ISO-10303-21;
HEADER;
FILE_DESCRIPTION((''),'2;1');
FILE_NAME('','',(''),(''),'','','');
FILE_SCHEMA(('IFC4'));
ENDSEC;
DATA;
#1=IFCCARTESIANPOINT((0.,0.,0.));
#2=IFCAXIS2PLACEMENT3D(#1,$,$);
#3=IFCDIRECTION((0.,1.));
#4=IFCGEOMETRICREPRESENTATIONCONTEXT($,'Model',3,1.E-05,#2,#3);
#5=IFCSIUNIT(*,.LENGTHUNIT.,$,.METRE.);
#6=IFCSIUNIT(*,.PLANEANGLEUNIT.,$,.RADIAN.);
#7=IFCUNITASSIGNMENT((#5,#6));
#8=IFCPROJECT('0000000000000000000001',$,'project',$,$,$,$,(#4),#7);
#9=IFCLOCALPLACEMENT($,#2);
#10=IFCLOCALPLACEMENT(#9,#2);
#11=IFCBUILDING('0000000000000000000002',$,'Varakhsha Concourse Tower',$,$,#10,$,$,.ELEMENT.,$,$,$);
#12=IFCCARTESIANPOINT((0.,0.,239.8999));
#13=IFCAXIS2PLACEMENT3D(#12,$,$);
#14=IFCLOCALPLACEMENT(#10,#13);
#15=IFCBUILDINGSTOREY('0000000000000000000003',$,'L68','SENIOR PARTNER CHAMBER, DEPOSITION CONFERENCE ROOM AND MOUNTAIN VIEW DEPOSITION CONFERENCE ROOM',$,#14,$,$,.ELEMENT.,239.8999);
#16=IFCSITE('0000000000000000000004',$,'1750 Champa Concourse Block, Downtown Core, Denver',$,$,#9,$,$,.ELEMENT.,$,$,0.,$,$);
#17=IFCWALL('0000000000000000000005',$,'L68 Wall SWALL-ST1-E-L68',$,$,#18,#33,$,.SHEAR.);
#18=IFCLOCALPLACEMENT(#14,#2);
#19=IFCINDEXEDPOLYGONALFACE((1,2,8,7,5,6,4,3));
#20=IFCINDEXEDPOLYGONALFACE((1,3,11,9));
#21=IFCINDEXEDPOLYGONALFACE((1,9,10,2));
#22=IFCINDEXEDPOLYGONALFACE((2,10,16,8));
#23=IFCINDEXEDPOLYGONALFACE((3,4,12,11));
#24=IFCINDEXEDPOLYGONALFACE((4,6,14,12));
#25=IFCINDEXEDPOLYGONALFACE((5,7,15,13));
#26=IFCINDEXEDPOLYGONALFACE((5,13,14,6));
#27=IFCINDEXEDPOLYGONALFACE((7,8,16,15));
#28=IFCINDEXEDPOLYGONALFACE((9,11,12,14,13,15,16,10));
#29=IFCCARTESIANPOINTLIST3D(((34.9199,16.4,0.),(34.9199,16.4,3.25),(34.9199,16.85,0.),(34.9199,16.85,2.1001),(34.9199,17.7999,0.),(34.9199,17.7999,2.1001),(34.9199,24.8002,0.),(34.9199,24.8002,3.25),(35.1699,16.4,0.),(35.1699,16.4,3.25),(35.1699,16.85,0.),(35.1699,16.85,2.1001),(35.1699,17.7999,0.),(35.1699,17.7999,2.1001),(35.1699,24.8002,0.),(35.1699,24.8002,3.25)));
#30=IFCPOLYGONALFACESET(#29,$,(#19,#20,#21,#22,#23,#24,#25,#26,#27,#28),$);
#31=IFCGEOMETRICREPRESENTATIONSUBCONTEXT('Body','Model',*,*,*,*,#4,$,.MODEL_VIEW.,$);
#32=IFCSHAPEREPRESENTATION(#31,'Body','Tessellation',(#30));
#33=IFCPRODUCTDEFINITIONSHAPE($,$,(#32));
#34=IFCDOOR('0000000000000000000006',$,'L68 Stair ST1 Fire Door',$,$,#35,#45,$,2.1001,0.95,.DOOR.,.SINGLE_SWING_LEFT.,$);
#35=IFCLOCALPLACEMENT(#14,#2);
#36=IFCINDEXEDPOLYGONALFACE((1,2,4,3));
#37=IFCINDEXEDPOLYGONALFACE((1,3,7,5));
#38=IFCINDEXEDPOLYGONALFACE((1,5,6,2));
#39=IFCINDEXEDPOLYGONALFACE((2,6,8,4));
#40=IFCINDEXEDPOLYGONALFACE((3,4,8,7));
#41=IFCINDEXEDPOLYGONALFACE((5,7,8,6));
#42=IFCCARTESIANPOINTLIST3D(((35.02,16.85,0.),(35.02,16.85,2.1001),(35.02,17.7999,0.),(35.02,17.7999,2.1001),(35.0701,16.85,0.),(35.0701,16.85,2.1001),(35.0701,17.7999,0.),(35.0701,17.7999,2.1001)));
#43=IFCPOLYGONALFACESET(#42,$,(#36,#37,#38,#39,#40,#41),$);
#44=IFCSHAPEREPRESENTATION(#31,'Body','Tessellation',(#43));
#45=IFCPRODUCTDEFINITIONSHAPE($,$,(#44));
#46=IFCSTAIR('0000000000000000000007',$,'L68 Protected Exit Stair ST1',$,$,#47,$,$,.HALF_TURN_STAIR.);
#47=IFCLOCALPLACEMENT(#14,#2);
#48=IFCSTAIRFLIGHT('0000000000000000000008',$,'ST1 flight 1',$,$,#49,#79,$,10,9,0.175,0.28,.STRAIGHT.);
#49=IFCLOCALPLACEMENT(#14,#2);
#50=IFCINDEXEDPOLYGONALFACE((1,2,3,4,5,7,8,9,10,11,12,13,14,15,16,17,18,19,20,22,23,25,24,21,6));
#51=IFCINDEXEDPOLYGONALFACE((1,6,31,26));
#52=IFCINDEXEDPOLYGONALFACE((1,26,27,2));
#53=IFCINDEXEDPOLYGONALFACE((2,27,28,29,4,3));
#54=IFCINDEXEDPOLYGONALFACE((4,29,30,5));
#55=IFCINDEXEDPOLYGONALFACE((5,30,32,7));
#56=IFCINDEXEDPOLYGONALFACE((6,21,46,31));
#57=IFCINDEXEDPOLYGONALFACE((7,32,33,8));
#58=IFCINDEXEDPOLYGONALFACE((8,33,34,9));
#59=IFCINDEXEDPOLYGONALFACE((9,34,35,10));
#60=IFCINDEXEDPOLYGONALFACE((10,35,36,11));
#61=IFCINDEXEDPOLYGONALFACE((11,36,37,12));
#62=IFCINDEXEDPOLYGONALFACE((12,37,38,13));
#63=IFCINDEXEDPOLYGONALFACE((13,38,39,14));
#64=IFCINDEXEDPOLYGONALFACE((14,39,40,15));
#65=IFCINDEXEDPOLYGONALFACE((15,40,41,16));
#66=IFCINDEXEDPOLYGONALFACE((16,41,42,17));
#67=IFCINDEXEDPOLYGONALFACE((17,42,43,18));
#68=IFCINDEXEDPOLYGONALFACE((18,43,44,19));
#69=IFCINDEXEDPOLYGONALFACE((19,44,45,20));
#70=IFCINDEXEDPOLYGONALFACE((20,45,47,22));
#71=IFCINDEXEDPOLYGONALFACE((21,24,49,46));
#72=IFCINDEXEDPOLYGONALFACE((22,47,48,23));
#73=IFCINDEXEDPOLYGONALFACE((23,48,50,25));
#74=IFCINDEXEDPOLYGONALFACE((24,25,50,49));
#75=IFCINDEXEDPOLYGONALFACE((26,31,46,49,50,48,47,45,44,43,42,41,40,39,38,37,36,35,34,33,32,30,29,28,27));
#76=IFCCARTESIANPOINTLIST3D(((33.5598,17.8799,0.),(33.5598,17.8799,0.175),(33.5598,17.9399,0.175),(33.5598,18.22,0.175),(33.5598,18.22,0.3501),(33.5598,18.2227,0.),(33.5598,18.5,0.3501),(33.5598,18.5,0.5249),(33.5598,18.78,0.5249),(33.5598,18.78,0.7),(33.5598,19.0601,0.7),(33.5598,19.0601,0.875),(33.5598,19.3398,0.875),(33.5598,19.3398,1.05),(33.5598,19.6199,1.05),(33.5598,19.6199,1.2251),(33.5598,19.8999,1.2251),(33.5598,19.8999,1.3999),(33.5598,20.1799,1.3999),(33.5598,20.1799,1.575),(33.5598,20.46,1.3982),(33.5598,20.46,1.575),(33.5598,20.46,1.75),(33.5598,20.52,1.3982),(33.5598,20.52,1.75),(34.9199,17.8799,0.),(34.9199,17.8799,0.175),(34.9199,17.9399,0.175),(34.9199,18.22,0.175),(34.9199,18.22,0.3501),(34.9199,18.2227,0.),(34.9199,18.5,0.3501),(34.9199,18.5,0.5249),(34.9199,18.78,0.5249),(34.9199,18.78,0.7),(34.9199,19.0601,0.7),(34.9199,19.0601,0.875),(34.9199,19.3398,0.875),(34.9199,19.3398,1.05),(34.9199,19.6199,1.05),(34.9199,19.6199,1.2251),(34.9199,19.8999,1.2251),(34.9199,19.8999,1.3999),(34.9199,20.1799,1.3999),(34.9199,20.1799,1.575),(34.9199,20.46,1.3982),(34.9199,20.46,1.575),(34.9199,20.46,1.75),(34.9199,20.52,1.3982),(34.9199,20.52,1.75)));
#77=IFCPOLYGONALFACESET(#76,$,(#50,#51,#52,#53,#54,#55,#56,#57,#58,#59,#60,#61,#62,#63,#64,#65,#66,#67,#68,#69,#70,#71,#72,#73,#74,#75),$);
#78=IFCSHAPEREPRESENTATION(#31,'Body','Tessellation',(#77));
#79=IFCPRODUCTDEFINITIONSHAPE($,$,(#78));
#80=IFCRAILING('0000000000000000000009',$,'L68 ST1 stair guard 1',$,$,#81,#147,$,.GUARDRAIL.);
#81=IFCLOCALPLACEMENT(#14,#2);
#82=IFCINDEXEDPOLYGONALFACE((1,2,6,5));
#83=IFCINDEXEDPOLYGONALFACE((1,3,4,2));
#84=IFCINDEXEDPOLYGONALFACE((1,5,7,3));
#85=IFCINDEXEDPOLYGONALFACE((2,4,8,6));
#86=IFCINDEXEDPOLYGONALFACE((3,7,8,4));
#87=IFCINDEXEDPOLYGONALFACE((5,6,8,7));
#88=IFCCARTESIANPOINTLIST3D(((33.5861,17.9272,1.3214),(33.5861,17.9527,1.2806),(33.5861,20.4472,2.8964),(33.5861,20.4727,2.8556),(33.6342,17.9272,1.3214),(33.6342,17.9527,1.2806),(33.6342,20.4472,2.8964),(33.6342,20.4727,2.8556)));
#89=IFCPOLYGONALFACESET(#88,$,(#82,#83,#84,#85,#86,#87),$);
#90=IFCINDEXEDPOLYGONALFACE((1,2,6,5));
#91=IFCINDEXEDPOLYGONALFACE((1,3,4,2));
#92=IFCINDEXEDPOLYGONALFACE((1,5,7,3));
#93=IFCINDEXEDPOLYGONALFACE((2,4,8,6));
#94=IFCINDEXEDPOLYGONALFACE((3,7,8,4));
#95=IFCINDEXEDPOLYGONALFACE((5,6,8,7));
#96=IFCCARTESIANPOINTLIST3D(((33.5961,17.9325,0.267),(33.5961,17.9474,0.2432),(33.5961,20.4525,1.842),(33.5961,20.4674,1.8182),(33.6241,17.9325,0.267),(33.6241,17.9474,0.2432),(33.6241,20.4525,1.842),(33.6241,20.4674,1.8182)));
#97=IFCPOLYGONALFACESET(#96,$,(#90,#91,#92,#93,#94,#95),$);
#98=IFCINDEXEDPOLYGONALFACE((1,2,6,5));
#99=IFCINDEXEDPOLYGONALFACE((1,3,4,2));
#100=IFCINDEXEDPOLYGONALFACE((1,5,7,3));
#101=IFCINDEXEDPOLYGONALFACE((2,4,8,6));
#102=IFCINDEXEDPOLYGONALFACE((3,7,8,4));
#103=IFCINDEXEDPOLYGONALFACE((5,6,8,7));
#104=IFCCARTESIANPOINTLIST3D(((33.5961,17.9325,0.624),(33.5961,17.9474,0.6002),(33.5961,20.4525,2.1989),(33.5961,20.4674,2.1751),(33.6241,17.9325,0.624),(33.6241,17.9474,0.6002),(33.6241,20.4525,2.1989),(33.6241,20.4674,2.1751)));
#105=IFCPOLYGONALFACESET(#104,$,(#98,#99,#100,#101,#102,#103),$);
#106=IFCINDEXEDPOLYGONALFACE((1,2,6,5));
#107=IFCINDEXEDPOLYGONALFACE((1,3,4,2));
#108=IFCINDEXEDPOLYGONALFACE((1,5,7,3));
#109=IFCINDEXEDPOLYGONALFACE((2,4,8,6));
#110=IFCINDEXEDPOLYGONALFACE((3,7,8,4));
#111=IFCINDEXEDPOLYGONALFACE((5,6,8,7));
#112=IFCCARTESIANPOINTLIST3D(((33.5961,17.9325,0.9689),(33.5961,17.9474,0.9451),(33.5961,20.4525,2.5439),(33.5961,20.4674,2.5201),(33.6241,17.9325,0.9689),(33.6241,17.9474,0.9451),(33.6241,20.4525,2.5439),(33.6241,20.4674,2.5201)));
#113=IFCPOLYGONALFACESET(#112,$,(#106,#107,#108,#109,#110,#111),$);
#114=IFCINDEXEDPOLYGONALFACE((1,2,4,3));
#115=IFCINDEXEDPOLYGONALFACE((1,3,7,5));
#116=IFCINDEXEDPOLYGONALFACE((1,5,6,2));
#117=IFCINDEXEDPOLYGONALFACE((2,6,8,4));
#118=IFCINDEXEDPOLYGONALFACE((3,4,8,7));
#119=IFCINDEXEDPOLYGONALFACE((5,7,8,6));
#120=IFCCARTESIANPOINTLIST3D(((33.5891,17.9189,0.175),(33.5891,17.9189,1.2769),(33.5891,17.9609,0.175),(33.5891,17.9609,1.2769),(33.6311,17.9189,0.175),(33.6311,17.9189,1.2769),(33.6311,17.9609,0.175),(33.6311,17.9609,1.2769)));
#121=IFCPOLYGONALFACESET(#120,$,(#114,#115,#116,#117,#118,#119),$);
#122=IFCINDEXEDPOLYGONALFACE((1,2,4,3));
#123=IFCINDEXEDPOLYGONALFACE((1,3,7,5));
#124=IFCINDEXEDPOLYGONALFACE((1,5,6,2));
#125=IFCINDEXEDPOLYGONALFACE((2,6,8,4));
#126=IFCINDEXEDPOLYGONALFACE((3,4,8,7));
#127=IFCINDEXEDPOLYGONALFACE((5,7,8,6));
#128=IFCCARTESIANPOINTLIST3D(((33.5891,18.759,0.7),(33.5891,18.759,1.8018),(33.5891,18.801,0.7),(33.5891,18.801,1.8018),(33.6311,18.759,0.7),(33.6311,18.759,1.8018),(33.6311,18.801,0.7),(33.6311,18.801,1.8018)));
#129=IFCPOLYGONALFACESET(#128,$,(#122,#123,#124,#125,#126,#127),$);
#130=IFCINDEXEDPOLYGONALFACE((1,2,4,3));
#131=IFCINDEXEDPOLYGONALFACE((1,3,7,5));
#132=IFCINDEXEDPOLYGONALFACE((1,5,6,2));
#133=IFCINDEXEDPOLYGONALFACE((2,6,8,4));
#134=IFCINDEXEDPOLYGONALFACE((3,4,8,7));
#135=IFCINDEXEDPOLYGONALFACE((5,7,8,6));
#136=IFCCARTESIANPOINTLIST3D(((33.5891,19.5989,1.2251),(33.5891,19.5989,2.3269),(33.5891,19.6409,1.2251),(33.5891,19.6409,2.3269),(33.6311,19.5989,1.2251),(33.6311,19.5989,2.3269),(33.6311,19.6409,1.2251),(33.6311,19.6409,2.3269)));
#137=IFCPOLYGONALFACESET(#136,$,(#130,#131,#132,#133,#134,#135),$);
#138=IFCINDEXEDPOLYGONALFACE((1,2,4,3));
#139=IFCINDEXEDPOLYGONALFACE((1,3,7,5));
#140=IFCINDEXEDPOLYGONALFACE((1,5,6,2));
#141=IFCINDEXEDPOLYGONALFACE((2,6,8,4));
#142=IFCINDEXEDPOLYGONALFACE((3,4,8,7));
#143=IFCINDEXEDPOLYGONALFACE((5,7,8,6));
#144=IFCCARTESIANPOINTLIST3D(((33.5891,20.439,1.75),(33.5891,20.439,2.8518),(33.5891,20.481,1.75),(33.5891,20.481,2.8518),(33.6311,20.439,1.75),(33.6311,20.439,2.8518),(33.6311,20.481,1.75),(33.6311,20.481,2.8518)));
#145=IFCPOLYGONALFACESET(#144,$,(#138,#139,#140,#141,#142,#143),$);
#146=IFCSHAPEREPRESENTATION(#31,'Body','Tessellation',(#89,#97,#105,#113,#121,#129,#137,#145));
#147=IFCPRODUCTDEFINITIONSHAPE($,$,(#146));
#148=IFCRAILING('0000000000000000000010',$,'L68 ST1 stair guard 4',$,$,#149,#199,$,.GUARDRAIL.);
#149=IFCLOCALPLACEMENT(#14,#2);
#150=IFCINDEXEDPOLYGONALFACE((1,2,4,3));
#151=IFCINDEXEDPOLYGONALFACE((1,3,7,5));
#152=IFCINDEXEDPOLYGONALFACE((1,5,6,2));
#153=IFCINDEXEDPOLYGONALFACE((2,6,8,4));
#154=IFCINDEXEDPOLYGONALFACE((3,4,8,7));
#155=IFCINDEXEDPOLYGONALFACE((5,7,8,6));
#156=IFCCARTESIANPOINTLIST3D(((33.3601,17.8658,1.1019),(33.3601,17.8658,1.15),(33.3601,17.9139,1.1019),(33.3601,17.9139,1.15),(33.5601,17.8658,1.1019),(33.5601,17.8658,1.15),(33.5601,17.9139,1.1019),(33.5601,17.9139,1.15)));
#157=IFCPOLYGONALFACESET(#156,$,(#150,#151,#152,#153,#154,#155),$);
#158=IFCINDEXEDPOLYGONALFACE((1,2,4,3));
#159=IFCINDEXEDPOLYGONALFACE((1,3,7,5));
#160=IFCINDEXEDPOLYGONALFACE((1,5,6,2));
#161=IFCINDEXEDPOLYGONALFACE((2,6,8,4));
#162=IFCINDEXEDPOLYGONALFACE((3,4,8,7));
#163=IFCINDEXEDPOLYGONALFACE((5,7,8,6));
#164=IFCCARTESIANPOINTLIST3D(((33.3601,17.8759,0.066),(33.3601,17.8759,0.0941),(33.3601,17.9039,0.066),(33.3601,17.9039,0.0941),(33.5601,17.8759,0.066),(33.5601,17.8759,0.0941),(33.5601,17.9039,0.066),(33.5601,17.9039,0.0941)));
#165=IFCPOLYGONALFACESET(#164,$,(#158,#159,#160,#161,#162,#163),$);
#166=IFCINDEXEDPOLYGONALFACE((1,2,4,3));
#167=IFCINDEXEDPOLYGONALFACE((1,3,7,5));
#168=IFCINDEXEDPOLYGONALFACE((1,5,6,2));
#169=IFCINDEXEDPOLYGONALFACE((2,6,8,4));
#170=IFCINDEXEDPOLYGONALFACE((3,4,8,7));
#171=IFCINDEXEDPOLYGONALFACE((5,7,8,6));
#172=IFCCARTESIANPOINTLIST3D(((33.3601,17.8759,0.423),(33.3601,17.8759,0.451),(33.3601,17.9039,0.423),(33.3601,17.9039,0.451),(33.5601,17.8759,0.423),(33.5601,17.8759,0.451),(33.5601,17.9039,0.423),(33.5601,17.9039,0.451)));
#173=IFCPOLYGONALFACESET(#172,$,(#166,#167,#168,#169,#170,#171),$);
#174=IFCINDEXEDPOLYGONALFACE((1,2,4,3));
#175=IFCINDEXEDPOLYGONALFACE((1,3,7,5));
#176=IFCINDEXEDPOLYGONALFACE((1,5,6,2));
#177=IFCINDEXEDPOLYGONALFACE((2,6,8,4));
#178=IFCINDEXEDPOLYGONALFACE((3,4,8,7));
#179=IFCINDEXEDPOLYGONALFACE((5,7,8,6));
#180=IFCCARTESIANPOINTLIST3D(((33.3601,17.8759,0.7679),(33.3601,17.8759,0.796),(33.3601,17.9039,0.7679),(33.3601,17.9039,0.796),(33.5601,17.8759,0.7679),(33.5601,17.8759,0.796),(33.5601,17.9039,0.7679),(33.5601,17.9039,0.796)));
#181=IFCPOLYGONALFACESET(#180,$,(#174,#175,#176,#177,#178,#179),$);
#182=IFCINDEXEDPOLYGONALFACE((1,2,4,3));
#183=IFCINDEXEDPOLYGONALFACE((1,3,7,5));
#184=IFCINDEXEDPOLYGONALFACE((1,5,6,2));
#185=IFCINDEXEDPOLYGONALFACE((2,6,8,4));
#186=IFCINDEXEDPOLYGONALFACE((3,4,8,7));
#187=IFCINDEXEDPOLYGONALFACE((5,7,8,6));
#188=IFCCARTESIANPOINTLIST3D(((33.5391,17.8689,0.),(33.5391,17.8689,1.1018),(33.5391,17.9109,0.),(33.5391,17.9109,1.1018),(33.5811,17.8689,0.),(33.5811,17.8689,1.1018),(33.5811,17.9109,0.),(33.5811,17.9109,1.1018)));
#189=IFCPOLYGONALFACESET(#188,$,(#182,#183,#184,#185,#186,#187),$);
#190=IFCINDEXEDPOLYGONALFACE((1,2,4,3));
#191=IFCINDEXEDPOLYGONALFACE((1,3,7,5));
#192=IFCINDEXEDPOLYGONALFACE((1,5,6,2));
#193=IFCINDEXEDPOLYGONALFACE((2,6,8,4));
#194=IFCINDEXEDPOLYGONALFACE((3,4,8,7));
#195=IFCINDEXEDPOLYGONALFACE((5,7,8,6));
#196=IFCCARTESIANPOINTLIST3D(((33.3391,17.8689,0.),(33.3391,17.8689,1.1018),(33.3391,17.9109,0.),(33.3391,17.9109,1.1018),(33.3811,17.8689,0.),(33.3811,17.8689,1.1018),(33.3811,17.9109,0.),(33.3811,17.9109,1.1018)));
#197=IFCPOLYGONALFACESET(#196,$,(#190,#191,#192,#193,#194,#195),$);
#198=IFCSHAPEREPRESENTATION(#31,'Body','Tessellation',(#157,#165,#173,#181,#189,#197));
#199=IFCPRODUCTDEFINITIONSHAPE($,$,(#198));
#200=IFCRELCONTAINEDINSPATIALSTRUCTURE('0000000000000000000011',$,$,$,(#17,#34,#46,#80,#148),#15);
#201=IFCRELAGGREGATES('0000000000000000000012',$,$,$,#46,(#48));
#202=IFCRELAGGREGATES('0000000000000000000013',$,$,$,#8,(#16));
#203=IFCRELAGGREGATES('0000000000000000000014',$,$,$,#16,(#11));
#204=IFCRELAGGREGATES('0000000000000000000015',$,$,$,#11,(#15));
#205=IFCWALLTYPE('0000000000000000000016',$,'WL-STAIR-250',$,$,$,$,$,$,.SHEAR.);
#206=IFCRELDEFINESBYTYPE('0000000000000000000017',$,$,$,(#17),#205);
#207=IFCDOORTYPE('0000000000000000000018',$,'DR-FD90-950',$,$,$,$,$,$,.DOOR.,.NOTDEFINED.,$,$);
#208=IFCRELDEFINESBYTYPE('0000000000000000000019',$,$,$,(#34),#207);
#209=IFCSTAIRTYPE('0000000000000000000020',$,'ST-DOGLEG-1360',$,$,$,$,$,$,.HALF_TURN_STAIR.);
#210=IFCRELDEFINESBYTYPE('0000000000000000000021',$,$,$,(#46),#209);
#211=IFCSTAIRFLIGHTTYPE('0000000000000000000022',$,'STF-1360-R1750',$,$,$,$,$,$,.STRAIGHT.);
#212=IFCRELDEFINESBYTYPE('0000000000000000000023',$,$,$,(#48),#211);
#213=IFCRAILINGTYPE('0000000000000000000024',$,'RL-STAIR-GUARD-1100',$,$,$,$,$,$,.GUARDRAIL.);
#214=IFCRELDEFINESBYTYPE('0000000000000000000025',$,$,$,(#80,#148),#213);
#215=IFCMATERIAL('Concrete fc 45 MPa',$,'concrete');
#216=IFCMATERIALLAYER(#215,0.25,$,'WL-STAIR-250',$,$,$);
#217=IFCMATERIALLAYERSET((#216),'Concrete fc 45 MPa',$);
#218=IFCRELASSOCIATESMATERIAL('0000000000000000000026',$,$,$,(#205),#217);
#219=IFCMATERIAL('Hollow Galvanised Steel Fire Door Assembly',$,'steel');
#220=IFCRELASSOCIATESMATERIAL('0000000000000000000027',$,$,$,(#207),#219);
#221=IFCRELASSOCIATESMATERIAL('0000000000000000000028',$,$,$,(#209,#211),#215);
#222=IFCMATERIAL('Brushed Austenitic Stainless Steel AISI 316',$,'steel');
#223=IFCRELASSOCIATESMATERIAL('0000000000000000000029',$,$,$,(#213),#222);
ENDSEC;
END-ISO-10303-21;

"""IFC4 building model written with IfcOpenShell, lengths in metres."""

from ifc_helpers import new_model, si_unit, direction, frame, frame_2d, origin, origin_2d, place, context, subcontext, project, spatial, polyline, rectangle, outline, extrude, material, layer, layer_set, type_object, element, fill, aggregate, save


model = new_model("IFC4")

# Units and contexts
model_context = context("Model", 3, precision=1e-05, world=origin(), true_north=direction((0.0, 1.0)))
body_context = subcontext(model_context, "Body", "Model", "MODEL_VIEW")
ifc_project = project(units=[si_unit("LENGTHUNIT", "METRE"), si_unit("PLANEANGLEUNIT", "RADIAN")], contexts=[model_context])

# Site, building, storey
site_placement = place(None, origin())
site = spatial("IfcSite", under=ifc_project, at=site_placement, Name="1750 Champa Concourse Block, Downtown Core, Denver", CompositionType="ELEMENT", RefElevation=0.0)
building_placement = place(site_placement, origin())
building = spatial("IfcBuilding", under=site, at=building_placement, Name="Varakhsha Concourse Tower", CompositionType="ELEMENT")
storey_placement = place(building_placement, frame((0.0, 0.0, 239.8999)))
storey = spatial("IfcBuildingStorey", under=building, at=storey_placement, Name="L68", Description="SENIOR PARTNER CHAMBER, DEPOSITION CONFERENCE ROOM AND MOUNTAIN VIEW DEPOSITION CONFERENCE ROOM", CompositionType="ELEMENT", Elevation=239.8999)

# Shared definitions
ifc_material_1 = material(Name="Hollow Galvanised Steel Fire Door Assembly", Category="steel")

# Wall, opening, door
ifc_material_2 = material(Name="Concrete fc 45 MPa", Category="concrete")
ifc_layer_1 = layer(ifc_material_2, 0.25, Name="WL-STAIR-250")
ifc_layer_set_1 = layer_set([ifc_layer_1], Name="Concrete fc 45 MPa")
wall_type_1 = type_object("IfcWallType", Name="WL-STAIR-250", PredefinedType="SHEAR", material=ifc_layer_set_1)
wall_1_placement = place(storey_placement, frame((35.0449, 16.3999, 0.0), z_axis=(0.0, 0.0, 1.0), x_axis=(0.0, 1.0, 0.0)))
wall_1 = element("IfcWall", 1, at=wall_1_placement, inside=storey, type_object=wall_type_1, Name="L68 Wall SWALL-ST1-E-L68", PredefinedType="SHEAR", context=body_context, shape_type="SweptSolid", body=[
    extrude(rectangle(XDim=8.4001, YDim=0.25, at=frame_2d((4.2002, 0.0))), origin(), (0.0, 0.0, 1.0), 3.25),
])
opening_1_placement = place(wall_1_placement, frame((0.45, 0.0, 0.0)))
opening_1 = element("IfcOpeningElement", 2, at=opening_1_placement, cuts=wall_1, PredefinedType="OPENING", context=body_context, shape_type="SweptSolid", body=[
    extrude(rectangle(XDim=0.95, YDim=2.1001, at=frame_2d((0.4751, 1.05))), frame((0.0, 0.135, 0.0), z_axis=(0.0, -1.0, 0.0), x_axis=(1.0, 0.0, 0.0)), (0.0, 0.0, 1.0), 0.27),
])
door_type_1 = type_object("IfcDoorType", Name="DR-FD90-950", OperationType="NOTDEFINED", PredefinedType="DOOR", material=ifc_material_1)
door_1_placement = place(opening_1_placement, origin())
door_1 = element("IfcDoor", 3, at=door_1_placement, inside=storey, type_object=door_type_1, Name="L68 Stair ST1 Fire Door", OperationType="SINGLE_SWING_LEFT", OverallHeight=2.1001, OverallWidth=0.95, PredefinedType="DOOR", context=body_context, shape_type="SweptSolid", body=[
    extrude(rectangle(XDim=0.95, YDim=2.1001, at=frame_2d((0.4751, 1.05))), frame((0.0, 0.0249, 0.0), z_axis=(0.0, -1.0, 0.0), x_axis=(1.0, 0.0, 0.0)), (0.0, 0.0, 1.0), 0.05),
])
fill(opening_1, door_1)

# Stair, stair flight
stair_type = type_object("IfcStairType", Name="ST-DOGLEG-1360", PredefinedType="HALF_TURN_STAIR", material=ifc_material_2)
stair_placement = place(storey_placement, origin())
stair = element("IfcStair", 4, at=stair_placement, inside=storey, type_object=stair_type, Name="L68 Protected Exit Stair ST1", PredefinedType="HALF_TURN_STAIR")
stair_flight_type = type_object("IfcStairFlightType", Name="STF-1360-R1750", PredefinedType="STRAIGHT", material=ifc_material_2)
stair_flight_placement = place(storey_placement, frame((34.24, 17.9399, 0.0), z_axis=(0.0, 0.0, 1.0), x_axis=(0.0, 1.0, 0.0)))
stair_flight = element("IfcStairFlight", 5, at=stair_flight_placement, type_object=stair_flight_type, Name="ST1 flight 1", NumberOfRisers=10, NumberOfTreads=9, PredefinedType="STRAIGHT", RiserHeight=0.175, TreadLength=0.28, context=body_context, shape_type="SweptSolid", body=[
    extrude(outline(polyline([(-0.0601, 0.0), (-0.0601, 0.175), (0.0, 0.175), (0.28, 0.175), (0.28, 0.3501), (0.5601, 0.3501), (0.5601, 0.5249), (0.8401, 0.5249), (0.8401, 0.7), (1.1201, 0.7), (1.1201, 0.875), (1.3999, 0.875), (1.3999, 1.05), (1.6799, 1.05), (1.6799, 1.2251), (1.96, 1.2251), (1.96, 1.3999), (2.24, 1.3999), (2.24, 1.575), (2.52, 1.575), (2.52, 1.75), (2.5801, 1.75), (2.5801, 1.3982), (2.52, 1.3982), (0.2827, 0.0), (-0.0601, 0.0)])), frame((0.0, 0.6802, 0.0), z_axis=(0.0, -1.0, 0.0), x_axis=(1.0, 0.0, 0.0)), (0.0, 0.0, 1.0), 1.3601),
])
aggregate(stair, [stair_flight])

# Railings
ifc_material_3 = material(Name="Brushed Austenitic Stainless Steel AISI 316", Category="steel")
railing_type_1 = type_object("IfcRailingType", Name="RL-STAIR-GUARD-1100", PredefinedType="GUARDRAIL", material=ifc_material_3)
railing_1_placement = place(storey_placement, frame((33.6101, 17.9399, 0.175)))
element("IfcRailing", 6, at=railing_1_placement, inside=storey, type_object=railing_type_1, Name="L68 ST1 stair guard 1", PredefinedType="GUARDRAIL", context=body_context, shape_type="SweptSolid", body=[
    extrude(rectangle(XDim=0.0481, YDim=0.0481, at=origin_2d()), frame((0.0, 0.0, 1.126), z_axis=(0.0, 0.848008, 0.529984), x_axis=(-1.0, 0.0, 0.0)), (0.0, 0.0, 1.0), 2.9717),
    extrude(rectangle(XDim=0.0281, YDim=0.0281, at=origin_2d()), frame((0.0, 0.0, 0.0801), z_axis=(0.0, 0.848008, 0.529984), x_axis=(-1.0, 0.0, 0.0)), (0.0, 0.0, 1.0), 2.9717),
    extrude(rectangle(XDim=0.0281, YDim=0.0281, at=origin_2d()), frame((0.0, 0.0, 0.437), z_axis=(0.0, 0.848008, 0.529984), x_axis=(-1.0, 0.0, 0.0)), (0.0, 0.0, 1.0), 2.9717),
    extrude(rectangle(XDim=0.0281, YDim=0.0281, at=origin_2d()), frame((0.0, 0.0, 0.782), z_axis=(0.0, 0.848008, 0.529984), x_axis=(-1.0, 0.0, 0.0)), (0.0, 0.0, 1.0), 2.9717),
    extrude(rectangle(XDim=0.042, YDim=0.042, at=origin_2d()), origin(), (0.0, 0.0, 1.0), 1.1018),
    extrude(rectangle(XDim=0.042, YDim=0.042, at=origin_2d()), frame((0.0, 0.8401, 0.5249)), (0.0, 0.0, 1.0), 1.1018),
    extrude(rectangle(XDim=0.042, YDim=0.042, at=origin_2d()), frame((0.0, 1.6799, 1.05)), (0.0, 0.0, 1.0), 1.1018),
    extrude(rectangle(XDim=0.042, YDim=0.042, at=origin_2d()), frame((0.0, 2.52, 1.575)), (0.0, 0.0, 1.0), 1.1018),
])
railing_2_placement = place(storey_placement, frame((33.5601, 17.8899, 0.0)))
element("IfcRailing", 7, at=railing_2_placement, inside=storey, type_object=railing_type_1, Name="L68 ST1 stair guard 4", PredefinedType="GUARDRAIL", context=body_context, shape_type="SweptSolid", body=[
    extrude(rectangle(XDim=0.0481, YDim=0.0481, at=origin_2d()), frame((0.0, 0.0, 1.126), z_axis=(-1.0, 0.0, 0.0), x_axis=(0.0, -1.0, 0.0)), (0.0, 0.0, 1.0), 0.2),
    extrude(rectangle(XDim=0.0281, YDim=0.0281, at=origin_2d()), frame((0.0, 0.0, 0.0801), z_axis=(-1.0, 0.0, 0.0), x_axis=(0.0, -1.0, 0.0)), (0.0, 0.0, 1.0), 0.2),
    extrude(rectangle(XDim=0.0281, YDim=0.0281, at=origin_2d()), frame((0.0, 0.0, 0.437), z_axis=(-1.0, 0.0, 0.0), x_axis=(0.0, -1.0, 0.0)), (0.0, 0.0, 1.0), 0.2),
    extrude(rectangle(XDim=0.0281, YDim=0.0281, at=origin_2d()), frame((0.0, 0.0, 0.782), z_axis=(-1.0, 0.0, 0.0), x_axis=(0.0, -1.0, 0.0)), (0.0, 0.0, 1.0), 0.2),
    extrude(rectangle(XDim=0.042, YDim=0.042, at=origin_2d()), origin(), (0.0, 0.0, 1.0), 1.1018),
    extrude(rectangle(XDim=0.042, YDim=0.042, at=origin_2d()), frame((-0.2, 0.0, 0.0)), (0.0, 0.0, 1.0), 1.1018),
])

save(model, "model.ifc")
